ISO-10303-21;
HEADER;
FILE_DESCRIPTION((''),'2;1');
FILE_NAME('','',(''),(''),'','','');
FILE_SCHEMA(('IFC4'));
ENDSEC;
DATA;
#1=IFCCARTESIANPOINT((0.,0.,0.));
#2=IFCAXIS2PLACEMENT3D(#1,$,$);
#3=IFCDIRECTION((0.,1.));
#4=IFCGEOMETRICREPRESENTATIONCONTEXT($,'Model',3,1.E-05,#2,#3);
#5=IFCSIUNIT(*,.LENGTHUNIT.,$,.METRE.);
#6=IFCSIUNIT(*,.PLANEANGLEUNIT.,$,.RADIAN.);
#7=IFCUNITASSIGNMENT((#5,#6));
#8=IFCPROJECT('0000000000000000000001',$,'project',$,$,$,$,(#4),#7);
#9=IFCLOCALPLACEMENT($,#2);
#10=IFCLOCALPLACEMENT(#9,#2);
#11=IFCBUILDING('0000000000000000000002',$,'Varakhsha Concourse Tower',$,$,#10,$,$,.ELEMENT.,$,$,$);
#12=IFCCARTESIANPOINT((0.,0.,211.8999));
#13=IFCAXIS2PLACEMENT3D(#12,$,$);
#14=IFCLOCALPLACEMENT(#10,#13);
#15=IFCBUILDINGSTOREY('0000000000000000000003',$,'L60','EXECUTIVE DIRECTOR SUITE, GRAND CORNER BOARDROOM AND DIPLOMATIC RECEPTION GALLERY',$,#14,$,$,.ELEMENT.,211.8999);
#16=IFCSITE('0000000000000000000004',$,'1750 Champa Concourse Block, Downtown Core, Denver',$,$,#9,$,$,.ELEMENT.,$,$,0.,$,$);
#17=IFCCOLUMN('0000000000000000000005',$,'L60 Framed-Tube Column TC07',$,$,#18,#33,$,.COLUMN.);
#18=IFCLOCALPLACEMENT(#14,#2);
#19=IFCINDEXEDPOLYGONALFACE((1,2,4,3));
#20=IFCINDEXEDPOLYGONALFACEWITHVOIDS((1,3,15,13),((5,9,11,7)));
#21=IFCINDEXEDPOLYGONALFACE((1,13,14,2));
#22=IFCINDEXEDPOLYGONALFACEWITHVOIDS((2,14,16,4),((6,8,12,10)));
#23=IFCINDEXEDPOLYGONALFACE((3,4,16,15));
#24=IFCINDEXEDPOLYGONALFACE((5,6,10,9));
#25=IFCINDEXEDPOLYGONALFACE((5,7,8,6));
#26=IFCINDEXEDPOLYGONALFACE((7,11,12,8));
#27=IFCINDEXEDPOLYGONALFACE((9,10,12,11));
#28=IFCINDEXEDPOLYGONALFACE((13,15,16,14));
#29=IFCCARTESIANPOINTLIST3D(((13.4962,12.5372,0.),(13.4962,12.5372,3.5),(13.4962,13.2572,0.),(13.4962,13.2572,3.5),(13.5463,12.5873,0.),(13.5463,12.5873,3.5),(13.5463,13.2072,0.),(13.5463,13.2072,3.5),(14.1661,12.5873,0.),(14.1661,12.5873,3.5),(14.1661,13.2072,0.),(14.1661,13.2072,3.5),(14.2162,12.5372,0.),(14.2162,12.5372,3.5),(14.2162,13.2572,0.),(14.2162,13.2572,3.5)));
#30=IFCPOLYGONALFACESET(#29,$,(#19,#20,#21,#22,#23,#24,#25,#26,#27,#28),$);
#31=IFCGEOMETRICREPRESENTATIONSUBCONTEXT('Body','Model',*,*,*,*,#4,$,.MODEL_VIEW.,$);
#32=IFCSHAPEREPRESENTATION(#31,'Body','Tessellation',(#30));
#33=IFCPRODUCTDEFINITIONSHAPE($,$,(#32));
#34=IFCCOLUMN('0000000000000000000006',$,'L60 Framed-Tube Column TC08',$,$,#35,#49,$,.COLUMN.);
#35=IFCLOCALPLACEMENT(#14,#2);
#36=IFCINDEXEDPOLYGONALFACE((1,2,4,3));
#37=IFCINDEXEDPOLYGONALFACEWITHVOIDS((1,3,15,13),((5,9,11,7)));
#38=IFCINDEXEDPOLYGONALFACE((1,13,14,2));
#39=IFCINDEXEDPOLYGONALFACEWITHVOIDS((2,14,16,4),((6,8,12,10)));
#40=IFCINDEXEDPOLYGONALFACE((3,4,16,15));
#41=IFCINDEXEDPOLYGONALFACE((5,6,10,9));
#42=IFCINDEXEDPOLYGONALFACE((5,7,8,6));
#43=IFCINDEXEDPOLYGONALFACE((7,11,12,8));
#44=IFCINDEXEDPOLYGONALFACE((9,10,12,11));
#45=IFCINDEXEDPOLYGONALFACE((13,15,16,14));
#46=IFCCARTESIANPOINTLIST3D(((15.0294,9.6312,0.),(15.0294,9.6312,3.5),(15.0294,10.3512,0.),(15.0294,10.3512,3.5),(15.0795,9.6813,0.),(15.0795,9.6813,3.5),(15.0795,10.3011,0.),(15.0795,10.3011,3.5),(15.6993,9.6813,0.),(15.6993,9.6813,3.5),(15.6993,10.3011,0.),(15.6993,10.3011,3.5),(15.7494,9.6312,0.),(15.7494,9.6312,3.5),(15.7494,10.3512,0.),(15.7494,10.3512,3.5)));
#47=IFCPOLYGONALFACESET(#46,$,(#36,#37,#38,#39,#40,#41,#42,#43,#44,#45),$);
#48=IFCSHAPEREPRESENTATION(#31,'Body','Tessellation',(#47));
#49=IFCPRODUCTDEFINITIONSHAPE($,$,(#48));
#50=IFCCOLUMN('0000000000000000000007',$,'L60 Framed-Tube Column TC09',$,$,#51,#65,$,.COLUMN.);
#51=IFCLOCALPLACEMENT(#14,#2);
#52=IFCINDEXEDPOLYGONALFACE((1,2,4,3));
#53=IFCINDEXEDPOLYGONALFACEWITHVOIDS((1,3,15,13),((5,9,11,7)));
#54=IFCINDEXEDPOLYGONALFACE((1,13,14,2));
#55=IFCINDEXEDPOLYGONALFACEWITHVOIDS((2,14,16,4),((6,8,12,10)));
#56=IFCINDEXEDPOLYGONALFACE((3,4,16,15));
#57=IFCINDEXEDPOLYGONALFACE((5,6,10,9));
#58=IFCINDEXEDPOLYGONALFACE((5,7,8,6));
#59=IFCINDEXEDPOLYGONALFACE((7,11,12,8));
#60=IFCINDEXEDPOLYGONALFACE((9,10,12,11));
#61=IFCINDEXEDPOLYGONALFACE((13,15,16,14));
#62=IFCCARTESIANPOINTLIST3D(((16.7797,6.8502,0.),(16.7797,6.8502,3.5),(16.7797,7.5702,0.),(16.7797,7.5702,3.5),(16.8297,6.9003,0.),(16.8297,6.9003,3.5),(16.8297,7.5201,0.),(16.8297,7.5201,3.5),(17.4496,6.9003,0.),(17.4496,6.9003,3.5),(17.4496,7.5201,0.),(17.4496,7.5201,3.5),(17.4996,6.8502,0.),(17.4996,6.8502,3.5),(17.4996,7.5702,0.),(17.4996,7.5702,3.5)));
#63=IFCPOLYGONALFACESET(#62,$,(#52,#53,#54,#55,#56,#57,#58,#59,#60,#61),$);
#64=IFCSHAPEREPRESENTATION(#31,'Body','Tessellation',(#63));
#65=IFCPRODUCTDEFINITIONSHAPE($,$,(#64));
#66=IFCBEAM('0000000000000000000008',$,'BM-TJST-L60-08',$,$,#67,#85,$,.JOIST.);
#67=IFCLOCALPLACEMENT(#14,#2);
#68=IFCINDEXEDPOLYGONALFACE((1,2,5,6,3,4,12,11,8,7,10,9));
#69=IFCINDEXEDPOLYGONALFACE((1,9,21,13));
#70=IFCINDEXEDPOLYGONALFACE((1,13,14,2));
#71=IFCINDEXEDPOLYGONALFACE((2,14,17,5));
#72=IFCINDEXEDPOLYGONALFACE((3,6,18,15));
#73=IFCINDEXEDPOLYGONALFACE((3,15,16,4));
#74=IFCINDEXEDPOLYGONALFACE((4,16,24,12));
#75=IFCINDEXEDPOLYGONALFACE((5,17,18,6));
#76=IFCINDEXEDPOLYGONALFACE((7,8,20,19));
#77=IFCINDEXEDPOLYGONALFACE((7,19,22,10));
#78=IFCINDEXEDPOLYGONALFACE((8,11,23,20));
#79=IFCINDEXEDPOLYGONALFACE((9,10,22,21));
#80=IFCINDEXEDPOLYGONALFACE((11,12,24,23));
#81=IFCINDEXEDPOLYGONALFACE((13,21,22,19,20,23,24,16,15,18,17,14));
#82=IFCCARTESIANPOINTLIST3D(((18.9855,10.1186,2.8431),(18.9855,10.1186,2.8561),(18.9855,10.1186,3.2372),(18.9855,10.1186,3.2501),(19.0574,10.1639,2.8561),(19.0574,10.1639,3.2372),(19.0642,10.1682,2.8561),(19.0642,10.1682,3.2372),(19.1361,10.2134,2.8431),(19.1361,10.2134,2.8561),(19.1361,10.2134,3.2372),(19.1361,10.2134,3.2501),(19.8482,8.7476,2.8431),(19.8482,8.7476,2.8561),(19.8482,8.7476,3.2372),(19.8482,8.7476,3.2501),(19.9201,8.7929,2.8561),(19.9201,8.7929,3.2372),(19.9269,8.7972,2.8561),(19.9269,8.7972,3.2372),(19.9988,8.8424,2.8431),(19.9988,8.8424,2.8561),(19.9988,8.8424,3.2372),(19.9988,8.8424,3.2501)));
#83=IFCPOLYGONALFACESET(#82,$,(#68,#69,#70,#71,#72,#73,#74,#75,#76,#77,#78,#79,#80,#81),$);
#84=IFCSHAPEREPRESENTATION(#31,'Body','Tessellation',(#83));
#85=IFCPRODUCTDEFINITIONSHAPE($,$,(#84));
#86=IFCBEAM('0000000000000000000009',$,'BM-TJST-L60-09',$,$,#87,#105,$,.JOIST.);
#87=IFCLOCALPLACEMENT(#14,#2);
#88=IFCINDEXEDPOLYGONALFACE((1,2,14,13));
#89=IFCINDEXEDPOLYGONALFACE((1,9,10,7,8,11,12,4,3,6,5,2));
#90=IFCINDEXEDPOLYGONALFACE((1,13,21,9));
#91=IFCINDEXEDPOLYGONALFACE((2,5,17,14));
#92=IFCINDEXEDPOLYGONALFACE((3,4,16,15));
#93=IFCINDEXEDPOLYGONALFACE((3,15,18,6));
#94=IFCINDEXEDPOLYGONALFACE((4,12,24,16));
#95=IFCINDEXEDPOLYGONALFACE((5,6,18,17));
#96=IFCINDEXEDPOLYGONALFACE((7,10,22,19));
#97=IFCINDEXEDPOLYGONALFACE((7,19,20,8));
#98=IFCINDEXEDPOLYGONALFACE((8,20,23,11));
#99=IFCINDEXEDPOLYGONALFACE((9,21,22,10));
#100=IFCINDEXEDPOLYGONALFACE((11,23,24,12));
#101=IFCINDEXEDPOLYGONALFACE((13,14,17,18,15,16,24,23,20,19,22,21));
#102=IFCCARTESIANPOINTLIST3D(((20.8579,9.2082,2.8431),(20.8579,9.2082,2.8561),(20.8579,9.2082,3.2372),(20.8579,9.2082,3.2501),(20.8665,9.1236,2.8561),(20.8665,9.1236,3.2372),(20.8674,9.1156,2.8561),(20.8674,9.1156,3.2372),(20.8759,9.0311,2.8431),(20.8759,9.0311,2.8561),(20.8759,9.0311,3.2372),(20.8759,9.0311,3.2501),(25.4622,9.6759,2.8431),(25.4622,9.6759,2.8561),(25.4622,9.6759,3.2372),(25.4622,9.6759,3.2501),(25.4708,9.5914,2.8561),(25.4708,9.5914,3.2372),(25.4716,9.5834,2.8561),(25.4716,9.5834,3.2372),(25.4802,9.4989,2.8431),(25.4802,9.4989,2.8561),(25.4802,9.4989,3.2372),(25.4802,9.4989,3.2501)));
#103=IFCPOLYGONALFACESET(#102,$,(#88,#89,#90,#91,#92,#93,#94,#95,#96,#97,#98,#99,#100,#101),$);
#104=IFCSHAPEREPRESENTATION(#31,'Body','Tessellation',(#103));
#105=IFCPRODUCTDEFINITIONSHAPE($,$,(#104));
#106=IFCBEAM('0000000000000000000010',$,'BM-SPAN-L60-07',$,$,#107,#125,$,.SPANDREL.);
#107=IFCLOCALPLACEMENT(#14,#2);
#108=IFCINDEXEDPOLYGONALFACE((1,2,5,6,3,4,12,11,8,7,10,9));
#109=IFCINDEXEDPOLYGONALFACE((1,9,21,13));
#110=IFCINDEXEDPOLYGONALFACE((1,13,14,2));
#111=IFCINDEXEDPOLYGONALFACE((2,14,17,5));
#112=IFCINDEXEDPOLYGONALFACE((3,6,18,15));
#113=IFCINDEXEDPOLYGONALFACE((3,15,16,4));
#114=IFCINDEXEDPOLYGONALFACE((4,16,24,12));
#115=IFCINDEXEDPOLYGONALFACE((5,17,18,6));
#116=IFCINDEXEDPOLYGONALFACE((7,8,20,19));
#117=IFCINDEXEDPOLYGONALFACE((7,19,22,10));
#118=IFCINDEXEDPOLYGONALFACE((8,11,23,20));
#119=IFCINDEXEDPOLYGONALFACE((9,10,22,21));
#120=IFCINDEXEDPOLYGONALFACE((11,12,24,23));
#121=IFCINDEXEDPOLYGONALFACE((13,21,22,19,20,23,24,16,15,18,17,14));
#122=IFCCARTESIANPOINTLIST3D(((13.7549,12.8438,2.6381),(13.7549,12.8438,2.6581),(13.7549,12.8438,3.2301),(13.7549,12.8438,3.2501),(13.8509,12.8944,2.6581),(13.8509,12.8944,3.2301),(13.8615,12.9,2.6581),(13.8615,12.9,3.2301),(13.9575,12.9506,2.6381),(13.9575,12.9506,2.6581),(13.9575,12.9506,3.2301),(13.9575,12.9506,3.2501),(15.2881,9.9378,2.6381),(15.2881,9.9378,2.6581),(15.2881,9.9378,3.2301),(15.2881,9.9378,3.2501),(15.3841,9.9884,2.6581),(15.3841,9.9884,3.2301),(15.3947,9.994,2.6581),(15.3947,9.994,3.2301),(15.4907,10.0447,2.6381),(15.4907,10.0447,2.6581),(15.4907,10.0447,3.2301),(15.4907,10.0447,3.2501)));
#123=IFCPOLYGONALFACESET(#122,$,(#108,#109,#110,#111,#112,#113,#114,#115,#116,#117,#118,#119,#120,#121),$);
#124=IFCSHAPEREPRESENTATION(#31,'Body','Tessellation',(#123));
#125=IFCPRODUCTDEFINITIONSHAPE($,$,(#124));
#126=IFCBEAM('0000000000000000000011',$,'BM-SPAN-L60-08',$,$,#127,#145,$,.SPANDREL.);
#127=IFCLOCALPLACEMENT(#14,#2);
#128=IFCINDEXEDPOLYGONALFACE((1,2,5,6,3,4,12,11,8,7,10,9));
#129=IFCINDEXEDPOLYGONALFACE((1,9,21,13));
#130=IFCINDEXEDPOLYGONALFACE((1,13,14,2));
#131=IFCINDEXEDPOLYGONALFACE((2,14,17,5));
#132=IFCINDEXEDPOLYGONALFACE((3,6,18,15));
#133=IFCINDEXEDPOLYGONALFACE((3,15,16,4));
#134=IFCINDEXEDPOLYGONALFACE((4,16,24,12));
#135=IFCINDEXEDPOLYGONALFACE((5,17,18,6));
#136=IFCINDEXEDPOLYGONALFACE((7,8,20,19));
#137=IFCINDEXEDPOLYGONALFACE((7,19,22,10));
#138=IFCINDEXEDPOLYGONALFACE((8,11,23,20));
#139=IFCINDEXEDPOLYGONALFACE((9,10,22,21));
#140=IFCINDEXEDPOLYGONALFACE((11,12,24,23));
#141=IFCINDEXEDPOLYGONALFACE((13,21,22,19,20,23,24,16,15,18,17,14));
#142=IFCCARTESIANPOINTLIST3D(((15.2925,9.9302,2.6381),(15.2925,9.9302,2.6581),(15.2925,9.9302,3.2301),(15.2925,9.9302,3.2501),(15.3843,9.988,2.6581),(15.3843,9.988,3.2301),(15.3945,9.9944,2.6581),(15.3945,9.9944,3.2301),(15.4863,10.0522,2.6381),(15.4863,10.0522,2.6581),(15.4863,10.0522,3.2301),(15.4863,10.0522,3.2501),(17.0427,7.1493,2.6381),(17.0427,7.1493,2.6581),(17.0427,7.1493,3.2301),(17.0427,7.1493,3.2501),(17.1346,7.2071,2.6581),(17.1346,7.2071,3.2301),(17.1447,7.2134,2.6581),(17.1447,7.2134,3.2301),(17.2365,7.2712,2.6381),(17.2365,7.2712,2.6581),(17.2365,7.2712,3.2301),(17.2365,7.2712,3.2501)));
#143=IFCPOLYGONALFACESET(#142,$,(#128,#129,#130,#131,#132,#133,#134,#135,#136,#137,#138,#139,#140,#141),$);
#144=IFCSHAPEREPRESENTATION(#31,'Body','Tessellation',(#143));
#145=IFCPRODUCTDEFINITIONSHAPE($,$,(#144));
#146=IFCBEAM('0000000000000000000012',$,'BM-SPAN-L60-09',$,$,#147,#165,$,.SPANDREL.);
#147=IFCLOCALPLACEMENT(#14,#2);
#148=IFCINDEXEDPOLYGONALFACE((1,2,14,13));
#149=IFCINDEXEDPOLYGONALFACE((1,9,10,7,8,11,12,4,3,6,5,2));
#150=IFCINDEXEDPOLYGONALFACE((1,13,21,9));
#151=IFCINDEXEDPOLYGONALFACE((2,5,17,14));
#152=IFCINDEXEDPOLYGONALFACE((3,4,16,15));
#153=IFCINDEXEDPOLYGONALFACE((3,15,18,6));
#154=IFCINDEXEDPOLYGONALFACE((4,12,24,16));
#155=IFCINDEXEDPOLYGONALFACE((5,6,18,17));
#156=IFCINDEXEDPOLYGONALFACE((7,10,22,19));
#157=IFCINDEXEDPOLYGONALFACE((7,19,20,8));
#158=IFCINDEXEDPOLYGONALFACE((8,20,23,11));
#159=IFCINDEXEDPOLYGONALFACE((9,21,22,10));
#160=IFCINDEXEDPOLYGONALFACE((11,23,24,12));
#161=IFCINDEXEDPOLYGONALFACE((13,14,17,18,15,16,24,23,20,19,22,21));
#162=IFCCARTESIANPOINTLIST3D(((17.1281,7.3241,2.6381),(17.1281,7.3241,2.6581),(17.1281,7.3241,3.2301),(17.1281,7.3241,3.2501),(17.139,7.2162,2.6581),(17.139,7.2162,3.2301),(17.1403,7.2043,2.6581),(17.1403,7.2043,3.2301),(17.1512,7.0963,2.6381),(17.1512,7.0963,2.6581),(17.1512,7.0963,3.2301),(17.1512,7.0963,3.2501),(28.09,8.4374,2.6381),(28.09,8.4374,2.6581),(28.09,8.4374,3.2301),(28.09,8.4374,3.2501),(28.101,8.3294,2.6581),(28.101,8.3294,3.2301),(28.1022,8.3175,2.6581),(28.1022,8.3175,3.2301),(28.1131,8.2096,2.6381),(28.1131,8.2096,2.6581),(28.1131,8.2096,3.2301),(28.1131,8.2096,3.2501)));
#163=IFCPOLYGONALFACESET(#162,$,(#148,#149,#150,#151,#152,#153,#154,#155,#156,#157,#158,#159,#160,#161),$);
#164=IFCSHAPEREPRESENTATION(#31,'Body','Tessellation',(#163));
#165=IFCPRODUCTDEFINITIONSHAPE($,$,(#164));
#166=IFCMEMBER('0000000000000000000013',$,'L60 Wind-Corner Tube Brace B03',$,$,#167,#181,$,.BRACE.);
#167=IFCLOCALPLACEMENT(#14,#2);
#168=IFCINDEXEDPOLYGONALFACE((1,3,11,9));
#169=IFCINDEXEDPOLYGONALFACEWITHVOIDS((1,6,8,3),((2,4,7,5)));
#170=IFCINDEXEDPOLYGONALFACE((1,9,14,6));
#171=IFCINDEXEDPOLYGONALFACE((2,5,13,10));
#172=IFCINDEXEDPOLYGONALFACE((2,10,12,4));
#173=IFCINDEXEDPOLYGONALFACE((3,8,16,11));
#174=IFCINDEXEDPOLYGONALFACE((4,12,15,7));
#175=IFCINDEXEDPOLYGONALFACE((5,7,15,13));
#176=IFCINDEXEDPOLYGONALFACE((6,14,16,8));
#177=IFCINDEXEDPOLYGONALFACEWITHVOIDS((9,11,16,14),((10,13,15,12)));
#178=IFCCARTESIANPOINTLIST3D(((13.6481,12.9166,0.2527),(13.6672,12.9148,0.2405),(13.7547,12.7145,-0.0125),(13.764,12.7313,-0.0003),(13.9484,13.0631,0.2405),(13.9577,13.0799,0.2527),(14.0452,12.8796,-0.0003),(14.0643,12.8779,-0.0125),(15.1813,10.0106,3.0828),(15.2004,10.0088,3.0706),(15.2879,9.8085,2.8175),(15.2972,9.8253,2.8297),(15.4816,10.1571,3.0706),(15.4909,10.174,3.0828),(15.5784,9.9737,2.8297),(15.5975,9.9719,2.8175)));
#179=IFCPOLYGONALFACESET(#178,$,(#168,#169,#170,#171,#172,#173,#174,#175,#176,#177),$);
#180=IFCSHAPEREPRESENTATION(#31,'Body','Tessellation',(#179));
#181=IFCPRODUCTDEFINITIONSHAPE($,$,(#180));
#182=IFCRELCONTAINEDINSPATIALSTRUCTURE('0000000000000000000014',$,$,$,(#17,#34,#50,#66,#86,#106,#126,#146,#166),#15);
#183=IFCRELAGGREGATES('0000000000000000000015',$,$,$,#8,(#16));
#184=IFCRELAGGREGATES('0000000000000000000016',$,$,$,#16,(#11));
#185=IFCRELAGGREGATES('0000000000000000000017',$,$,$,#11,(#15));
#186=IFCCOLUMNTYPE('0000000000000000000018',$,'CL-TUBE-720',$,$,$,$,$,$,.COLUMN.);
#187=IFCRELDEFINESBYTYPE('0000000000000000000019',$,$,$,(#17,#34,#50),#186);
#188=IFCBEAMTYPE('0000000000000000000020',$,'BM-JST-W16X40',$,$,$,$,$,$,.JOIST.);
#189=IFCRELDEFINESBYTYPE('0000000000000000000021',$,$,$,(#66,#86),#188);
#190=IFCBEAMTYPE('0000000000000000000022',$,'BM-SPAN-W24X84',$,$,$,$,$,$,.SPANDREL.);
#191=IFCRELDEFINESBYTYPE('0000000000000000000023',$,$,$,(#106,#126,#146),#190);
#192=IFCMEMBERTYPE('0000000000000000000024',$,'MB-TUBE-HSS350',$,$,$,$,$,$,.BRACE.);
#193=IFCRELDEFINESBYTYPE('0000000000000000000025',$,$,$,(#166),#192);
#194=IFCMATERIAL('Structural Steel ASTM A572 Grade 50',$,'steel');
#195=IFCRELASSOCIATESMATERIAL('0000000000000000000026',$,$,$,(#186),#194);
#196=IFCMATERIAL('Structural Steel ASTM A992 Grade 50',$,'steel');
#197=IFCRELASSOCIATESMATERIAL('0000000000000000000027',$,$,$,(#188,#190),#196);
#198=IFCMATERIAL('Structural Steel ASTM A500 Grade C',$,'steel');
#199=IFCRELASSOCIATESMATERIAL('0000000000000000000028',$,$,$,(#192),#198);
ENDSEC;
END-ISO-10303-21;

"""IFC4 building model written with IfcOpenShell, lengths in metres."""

from ifc_helpers import new_model, si_unit, direction, frame, origin, origin_2d, place, context, subcontext, project, spatial, hollow_rectangle, i_section, extrude, source, transform, mapped, material, material_profile, profile_set, type_object, element, save


model = new_model("IFC4")

# Units and contexts
model_context = context("Model", 3, precision=1e-05, world=origin(), true_north=direction((0.0, 1.0)))
body_context = subcontext(model_context, "Body", "Model", "MODEL_VIEW")
ifc_project = project(units=[si_unit("LENGTHUNIT", "METRE"), si_unit("PLANEANGLEUNIT", "RADIAN")], contexts=[model_context])

# Site, building, storey
site_placement = place(None, origin())
site = spatial("IfcSite", under=ifc_project, at=site_placement, Name="1750 Champa Concourse Block, Downtown Core, Denver", CompositionType="ELEMENT", RefElevation=0.0)
building_placement = place(site_placement, origin())
building = spatial("IfcBuilding", under=site, at=building_placement, Name="Varakhsha Concourse Tower", CompositionType="ELEMENT")
storey_placement = place(building_placement, frame((0.0, 0.0, 211.8999)))
storey = spatial("IfcBuildingStorey", under=building, at=storey_placement, Name="L60", Description="EXECUTIVE DIRECTOR SUITE, GRAND CORNER BOARDROOM AND DIPLOMATIC RECEPTION GALLERY", CompositionType="ELEMENT", Elevation=211.8999)

# Columns
ifc_material_1 = material(Name="Structural Steel ASTM A572 Grade 50", Category="steel")
ifc_material_profile_1 = material_profile(ifc_material_1, hollow_rectangle(XDim=0.72, YDim=0.72, WallThickness=0.05, at=origin_2d()), Name="BOX 720x720x50")
ifc_profile_set_1 = profile_set([ifc_material_profile_1], Name="Structural Steel ASTM A572 Grade 50")
column_type = type_object("IfcColumnType", Name="CL-TUBE-720", PredefinedType="COLUMN", material=ifc_profile_set_1)
for number, where, z_axis, x_axis, name in (
    (1, (13.8562, 12.8972, 0.0), (0.0, 0.0, 1.0), (1.0, 0.0, 0.0), "L60 Framed-Tube Column TC07"),
    (2, (15.3894, 9.9912, 0.0), (0.0, 0.0, 1.0), (1.0, 0.0, 0.0), "L60 Framed-Tube Column TC08"),
    (3, (17.1396, 7.2102, 0.0), (0.0, 0.0, 1.0), (1.0, 0.0, 0.0), "L60 Framed-Tube Column TC09"),
):
    element("IfcColumn", number, at=place(storey_placement, frame(where, z_axis=z_axis, x_axis=x_axis)), inside=storey, type_object=column_type, Name=name, PredefinedType="COLUMN", context=body_context, shape_type="SweptSolid", body=[
        extrude(hollow_rectangle(XDim=0.72, YDim=0.72, WallThickness=0.05, at=origin_2d()), origin(), (0.0, 0.0, 1.0), 3.5),
    ])

# Beams
ifc_material_2 = material(Name="Structural Steel ASTM A992 Grade 50", Category="steel")
ifc_material_profile_2 = material_profile(ifc_material_2, i_section(OverallWidth=0.178, OverallDepth=0.407, WebThickness=0.0081, FlangeThickness=0.0129, at=origin_2d()), Name="W16X40")
ifc_profile_set_2 = profile_set([ifc_material_profile_2], Name="Structural Steel ASTM A992 Grade 50")
beam_type_1 = type_object("IfcBeamType", Name="BM-JST-W16X40", PredefinedType="JOIST", material=ifc_profile_set_2)
beam_1_placement = place(storey_placement, frame((19.0608, 10.166, 3.0466), z_axis=(0.532597, -0.846369, 0.0), x_axis=(0.846369, 0.532597, 0.0)))
element("IfcBeam", 4, at=beam_1_placement, inside=storey, type_object=beam_type_1, Name="BM-TJST-L60-08", PredefinedType="JOIST", context=body_context, shape_type="SweptSolid", body=[
    extrude(i_section(OverallWidth=0.178, OverallDepth=0.407, WebThickness=0.0081, FlangeThickness=0.0129, at=origin_2d()), origin(), (0.0, 0.0, 1.0), 1.6199),
])
beam_2_placement = place(storey_placement, frame((20.8669, 9.1196, 3.0466), z_axis=(0.994879, 0.101076, 0.0), x_axis=(-0.101076, 0.994879, 0.0)))
element("IfcBeam", 5, at=beam_2_placement, inside=storey, type_object=beam_type_1, Name="BM-TJST-L60-09", PredefinedType="JOIST", context=body_context, shape_type="SweptSolid", body=[
    extrude(i_section(OverallWidth=0.178, OverallDepth=0.407, WebThickness=0.0081, FlangeThickness=0.0129, at=origin_2d()), origin(), (0.0, 0.0, 1.0), 4.6279),
])
ifc_material_profile_3 = material_profile(ifc_material_2, i_section(OverallWidth=0.229, OverallDepth=0.6121, WebThickness=0.012, FlangeThickness=0.02, at=origin_2d()), Name="W24X84")
ifc_profile_set_3 = profile_set([ifc_material_profile_3], Name="Structural Steel ASTM A992 Grade 50")
beam_type_2 = type_object("IfcBeamType", Name="BM-SPAN-W24X84", PredefinedType="SPANDREL", material=ifc_profile_set_3)
beam_3_placement = place(storey_placement, frame((13.8562, 12.8972, 2.9441), z_axis=(0.466634, -0.88445, 0.0), x_axis=(0.88445, 0.466634, 0.0)))
element("IfcBeam", 6, at=beam_3_placement, inside=storey, type_object=beam_type_2, Name="BM-SPAN-L60-07", PredefinedType="SPANDREL", context=body_context, shape_type="SweptSolid", body=[
    extrude(i_section(OverallWidth=0.229, OverallDepth=0.6121, WebThickness=0.012, FlangeThickness=0.02, at=origin_2d()), origin(), (0.0, 0.0, 1.0), 3.2856),
])
beam_4_placement = place(storey_placement, frame((15.3894, 9.9912, 2.9441), z_axis=(0.532648, -0.846337, 0.0), x_axis=(0.846337, 0.532648, 0.0)))
element("IfcBeam", 7, at=beam_4_placement, inside=storey, type_object=beam_type_2, Name="BM-SPAN-L60-08", PredefinedType="SPANDREL", context=body_context, shape_type="SweptSolid", body=[
    extrude(i_section(OverallWidth=0.229, OverallDepth=0.6121, WebThickness=0.012, FlangeThickness=0.02, at=origin_2d()), origin(), (0.0, 0.0, 1.0), 3.2859),
])
beam_5_placement = place(storey_placement, frame((17.1396, 7.2102, 2.9441), z_axis=(0.994882, 0.101039, 0.0), x_axis=(-0.101039, 0.994882, 0.0)))
element("IfcBeam", 8, at=beam_5_placement, inside=storey, type_object=beam_type_2, Name="BM-SPAN-L60-09", PredefinedType="SPANDREL", context=body_context, shape_type="SweptSolid", body=[
    extrude(i_section(OverallWidth=0.229, OverallDepth=0.6121, WebThickness=0.012, FlangeThickness=0.02, at=origin_2d()), origin(), (0.0, 0.0, 1.0), 11.0183),
])

# Member
ifc_material_3 = material(Name="Structural Steel ASTM A500 Grade C", Category="steel")
ifc_material_profile_4 = material_profile(ifc_material_3, hollow_rectangle(XDim=0.3501, YDim=0.3501, WallThickness=0.0161, at=origin_2d()), Name="HSS 350x350x16")
ifc_profile_set_4 = profile_set([ifc_material_profile_4], Name="Structural Steel ASTM A500 Grade C")
member_type_1 = type_object("IfcMemberType", Name="MB-TUBE-HSS350", PredefinedType="BRACE", material=ifc_profile_set_4)
shared_shape_1 = source(origin(), body_context, "Body", "SweptSolid", [
    extrude(hollow_rectangle(XDim=0.3501, YDim=0.3501, WallThickness=0.0161, at=origin_2d()), origin(), (0.0, 0.0, 1.0), 4.3364),
])
member_1_placement = place(storey_placement, frame((13.8562, 12.8972, 0.1201), z_axis=(0.353561, -0.670133, 0.652623), x_axis=(0.88445, 0.466634, 0.0)))
element("IfcMember", 9, at=member_1_placement, inside=storey, type_object=member_type_1, Name="L60 Wind-Corner Tube Brace B03", PredefinedType="BRACE", context=body_context, shape_type="MappedRepresentation", body=[
    mapped(shared_shape_1, transform((0.0, 0.0, 0.0), scale=1.0)),
])

save(model, "model.ifc")
